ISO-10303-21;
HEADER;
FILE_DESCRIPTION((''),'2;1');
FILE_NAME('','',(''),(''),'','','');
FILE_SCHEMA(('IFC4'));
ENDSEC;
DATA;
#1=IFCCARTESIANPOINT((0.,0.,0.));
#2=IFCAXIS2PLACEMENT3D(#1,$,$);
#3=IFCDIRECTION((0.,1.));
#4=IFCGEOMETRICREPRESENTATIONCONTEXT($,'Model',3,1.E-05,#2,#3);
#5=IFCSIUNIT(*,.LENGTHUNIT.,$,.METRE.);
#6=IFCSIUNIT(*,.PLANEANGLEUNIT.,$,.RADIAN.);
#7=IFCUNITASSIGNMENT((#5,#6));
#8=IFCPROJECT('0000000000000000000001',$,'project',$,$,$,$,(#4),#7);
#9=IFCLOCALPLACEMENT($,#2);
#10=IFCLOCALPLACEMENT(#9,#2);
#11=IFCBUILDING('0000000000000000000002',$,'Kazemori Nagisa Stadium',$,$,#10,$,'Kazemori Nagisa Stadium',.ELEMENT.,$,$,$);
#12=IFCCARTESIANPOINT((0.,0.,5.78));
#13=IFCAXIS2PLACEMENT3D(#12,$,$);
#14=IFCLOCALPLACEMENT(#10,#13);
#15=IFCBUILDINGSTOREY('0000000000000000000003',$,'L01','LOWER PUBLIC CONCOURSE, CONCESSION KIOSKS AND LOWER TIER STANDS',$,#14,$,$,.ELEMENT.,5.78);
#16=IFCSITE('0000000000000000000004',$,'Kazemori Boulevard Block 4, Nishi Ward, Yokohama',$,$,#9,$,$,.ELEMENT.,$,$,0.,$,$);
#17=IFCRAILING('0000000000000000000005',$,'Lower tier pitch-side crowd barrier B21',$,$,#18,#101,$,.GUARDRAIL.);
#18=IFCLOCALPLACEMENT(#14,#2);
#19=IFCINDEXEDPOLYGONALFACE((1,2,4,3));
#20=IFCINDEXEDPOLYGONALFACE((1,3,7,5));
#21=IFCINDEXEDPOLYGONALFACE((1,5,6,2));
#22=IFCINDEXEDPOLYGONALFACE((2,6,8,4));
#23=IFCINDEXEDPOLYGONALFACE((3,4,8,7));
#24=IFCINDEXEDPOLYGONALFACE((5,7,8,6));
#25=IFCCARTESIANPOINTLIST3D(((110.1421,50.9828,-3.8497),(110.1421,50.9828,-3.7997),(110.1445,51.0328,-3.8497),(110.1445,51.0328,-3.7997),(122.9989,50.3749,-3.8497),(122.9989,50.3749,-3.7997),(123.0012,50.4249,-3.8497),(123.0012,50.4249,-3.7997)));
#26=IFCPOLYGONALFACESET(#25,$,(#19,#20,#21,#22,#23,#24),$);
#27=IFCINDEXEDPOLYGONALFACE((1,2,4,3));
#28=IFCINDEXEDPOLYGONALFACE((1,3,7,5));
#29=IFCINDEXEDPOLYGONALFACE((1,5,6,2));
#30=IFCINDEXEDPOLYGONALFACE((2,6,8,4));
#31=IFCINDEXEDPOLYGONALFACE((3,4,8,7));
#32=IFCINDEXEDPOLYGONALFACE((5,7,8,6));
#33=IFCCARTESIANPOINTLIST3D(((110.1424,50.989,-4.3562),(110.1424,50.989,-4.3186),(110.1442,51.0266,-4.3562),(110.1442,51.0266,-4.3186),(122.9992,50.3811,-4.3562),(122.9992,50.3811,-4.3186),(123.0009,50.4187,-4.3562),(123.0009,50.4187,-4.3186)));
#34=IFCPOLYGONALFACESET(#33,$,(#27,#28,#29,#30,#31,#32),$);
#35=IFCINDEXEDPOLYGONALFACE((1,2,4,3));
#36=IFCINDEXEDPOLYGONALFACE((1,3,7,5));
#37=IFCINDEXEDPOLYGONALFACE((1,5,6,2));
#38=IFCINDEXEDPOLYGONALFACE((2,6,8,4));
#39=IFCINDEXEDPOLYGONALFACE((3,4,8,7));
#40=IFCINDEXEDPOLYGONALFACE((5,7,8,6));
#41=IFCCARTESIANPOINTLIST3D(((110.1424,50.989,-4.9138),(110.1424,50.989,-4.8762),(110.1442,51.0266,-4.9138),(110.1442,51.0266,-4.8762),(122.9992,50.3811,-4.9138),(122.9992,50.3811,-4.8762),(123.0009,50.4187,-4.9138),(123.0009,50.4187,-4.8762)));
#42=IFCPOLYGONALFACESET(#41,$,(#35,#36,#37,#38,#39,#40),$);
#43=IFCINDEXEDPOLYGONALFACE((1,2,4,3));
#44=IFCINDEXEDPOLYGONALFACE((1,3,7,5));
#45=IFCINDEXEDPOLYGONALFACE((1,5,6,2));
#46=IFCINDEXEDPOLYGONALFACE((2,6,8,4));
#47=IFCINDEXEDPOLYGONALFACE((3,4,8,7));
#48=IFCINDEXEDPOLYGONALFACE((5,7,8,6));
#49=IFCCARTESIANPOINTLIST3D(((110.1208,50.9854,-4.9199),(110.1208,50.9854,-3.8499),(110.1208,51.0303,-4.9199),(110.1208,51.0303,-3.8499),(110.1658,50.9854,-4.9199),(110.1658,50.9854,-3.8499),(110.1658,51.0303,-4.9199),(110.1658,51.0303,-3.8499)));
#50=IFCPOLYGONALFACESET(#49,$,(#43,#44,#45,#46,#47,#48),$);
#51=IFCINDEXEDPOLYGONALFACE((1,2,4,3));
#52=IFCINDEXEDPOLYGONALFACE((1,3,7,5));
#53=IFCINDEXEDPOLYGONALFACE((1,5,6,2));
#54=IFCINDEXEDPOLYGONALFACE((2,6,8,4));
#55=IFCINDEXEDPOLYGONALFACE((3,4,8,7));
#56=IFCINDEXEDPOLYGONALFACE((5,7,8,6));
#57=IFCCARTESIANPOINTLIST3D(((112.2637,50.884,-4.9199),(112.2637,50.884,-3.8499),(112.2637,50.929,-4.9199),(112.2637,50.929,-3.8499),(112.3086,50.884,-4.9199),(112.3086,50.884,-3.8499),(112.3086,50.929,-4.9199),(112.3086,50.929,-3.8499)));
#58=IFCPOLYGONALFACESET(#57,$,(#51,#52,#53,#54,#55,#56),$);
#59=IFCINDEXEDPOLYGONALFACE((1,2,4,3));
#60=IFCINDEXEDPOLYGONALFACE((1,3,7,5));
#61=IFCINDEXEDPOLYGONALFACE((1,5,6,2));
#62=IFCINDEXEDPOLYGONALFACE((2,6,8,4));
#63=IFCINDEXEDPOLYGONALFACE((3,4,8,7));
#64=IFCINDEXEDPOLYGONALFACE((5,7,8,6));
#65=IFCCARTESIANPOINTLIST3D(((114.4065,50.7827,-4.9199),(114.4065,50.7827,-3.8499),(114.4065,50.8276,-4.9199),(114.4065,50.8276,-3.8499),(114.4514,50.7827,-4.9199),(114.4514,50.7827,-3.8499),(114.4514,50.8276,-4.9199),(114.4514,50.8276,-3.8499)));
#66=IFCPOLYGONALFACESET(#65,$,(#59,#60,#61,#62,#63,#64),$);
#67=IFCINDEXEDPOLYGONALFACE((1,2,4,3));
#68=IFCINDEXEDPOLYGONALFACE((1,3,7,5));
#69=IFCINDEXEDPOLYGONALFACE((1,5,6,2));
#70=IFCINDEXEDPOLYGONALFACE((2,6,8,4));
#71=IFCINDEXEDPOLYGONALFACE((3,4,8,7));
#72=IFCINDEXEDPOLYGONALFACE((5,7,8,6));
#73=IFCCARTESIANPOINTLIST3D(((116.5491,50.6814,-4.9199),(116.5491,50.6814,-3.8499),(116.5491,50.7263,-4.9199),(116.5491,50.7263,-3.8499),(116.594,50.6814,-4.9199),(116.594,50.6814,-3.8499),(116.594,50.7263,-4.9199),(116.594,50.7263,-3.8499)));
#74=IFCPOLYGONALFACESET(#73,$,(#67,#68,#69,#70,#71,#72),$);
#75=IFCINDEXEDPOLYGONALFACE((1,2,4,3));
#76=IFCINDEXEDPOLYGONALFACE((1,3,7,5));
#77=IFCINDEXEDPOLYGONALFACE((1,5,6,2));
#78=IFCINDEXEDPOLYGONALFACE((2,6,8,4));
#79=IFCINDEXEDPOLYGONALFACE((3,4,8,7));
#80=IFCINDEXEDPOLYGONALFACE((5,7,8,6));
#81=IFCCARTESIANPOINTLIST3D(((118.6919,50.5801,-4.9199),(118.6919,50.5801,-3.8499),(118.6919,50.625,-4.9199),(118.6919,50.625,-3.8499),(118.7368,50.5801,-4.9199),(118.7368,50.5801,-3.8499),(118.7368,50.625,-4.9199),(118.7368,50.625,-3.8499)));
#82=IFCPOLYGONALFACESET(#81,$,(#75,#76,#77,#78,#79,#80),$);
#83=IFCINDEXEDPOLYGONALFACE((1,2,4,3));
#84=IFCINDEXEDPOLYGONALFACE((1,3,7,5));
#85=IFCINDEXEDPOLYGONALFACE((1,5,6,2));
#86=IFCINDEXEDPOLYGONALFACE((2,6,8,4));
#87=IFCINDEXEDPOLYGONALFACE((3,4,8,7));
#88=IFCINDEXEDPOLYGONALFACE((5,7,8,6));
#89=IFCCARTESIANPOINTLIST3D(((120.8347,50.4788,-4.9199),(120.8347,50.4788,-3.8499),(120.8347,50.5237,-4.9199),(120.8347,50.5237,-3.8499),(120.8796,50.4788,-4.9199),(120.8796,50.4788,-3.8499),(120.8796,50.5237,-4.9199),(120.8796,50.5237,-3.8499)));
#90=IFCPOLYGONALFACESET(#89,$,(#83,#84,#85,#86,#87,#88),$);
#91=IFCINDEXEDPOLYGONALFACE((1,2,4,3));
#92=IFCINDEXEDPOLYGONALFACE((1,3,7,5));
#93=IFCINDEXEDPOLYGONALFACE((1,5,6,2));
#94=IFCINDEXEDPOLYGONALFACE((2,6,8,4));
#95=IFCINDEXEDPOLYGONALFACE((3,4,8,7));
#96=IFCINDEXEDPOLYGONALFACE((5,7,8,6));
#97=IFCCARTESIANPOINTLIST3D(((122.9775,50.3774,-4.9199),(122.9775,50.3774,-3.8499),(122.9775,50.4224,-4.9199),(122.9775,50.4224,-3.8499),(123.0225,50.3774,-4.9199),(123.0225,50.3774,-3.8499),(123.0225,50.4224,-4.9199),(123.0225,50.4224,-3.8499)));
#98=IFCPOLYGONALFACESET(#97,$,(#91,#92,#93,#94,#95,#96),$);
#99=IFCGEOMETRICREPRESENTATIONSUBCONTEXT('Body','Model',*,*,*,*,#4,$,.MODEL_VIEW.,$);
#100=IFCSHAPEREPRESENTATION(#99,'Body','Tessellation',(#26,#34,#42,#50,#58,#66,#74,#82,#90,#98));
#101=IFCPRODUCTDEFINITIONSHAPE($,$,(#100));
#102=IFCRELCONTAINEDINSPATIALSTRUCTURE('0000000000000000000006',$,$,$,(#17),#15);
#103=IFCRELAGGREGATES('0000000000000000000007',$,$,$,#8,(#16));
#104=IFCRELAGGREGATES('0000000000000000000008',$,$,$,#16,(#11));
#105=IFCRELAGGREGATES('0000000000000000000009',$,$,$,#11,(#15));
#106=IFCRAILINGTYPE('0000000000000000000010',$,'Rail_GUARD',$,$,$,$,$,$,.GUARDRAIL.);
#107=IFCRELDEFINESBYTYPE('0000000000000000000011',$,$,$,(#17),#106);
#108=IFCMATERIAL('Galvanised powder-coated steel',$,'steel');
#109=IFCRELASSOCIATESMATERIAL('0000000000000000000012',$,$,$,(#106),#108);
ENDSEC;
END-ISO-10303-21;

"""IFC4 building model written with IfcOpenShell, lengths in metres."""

from ifc_helpers import new_model, si_unit, direction, frame, origin, origin_2d, place, context, subcontext, project, spatial, rectangle, extrude, material, type_object, element, save


model = new_model("IFC4")

# Units and contexts
model_context = context("Model", 3, precision=1e-05, world=origin(), true_north=direction((0.0, 1.0)))
body_context = subcontext(model_context, "Body", "Model", "MODEL_VIEW")
ifc_project = project(units=[si_unit("LENGTHUNIT", "METRE"), si_unit("PLANEANGLEUNIT", "RADIAN")], contexts=[model_context])

# Site, building, storey
site_placement = place(None, origin())
site = spatial("IfcSite", under=ifc_project, at=site_placement, Name="Kazemori Boulevard Block 4, Nishi Ward, Yokohama", CompositionType="ELEMENT", RefElevation=0.0)
building_placement = place(site_placement, origin())
building = spatial("IfcBuilding", under=site, at=building_placement, Name="Kazemori Nagisa Stadium", LongName="Kazemori Nagisa Stadium", CompositionType="ELEMENT")
storey_placement = place(building_placement, frame((0.0, 0.0, 5.78)))
storey = spatial("IfcBuildingStorey", under=building, at=storey_placement, Name="L01", Description="LOWER PUBLIC CONCOURSE, CONCESSION KIOSKS AND LOWER TIER STANDS", CompositionType="ELEMENT", Elevation=5.78)

# Railing
ifc_material_1 = material(Name="Galvanised powder-coated steel", Category="steel")
railing_type_1 = type_object("IfcRailingType", Name="Rail_GUARD", PredefinedType="GUARDRAIL", material=ifc_material_1)
railing_1_placement = place(storey_placement, frame((110.1433, 51.0078, -4.9199)))
element("IfcRailing", 1, at=railing_1_placement, inside=storey, type_object=railing_type_1, Name="Lower tier pitch-side crowd barrier B21", PredefinedType="GUARDRAIL", context=body_context, shape_type="SweptSolid", body=[
    extrude(rectangle(XDim=0.05, YDim=0.05, at=origin_2d()), frame((0.0, 0.0, 1.0952), z_axis=(0.998884, -0.047231, 0.0), x_axis=(0.047231, 0.998884, 0.0)), (0.0, 0.0, 1.0), 12.8711),
    extrude(rectangle(XDim=0.0376, YDim=0.0376, at=origin_2d()), frame((0.0, 0.0, 0.5825), z_axis=(0.998884, -0.047231, 0.0), x_axis=(0.047231, 0.998884, 0.0)), (0.0, 0.0, 1.0), 12.8711),
    extrude(rectangle(XDim=0.0376, YDim=0.0376, at=origin_2d()), frame((0.0, 0.0, 0.0249), z_axis=(0.998884, -0.047231, 0.0), x_axis=(0.047231, 0.998884, 0.0)), (0.0, 0.0, 1.0), 12.8711),
    extrude(rectangle(XDim=0.0449, YDim=0.0449, at=origin_2d()), origin(), (0.0, 0.0, 1.0), 1.0701),
    extrude(rectangle(XDim=0.0449, YDim=0.0449, at=origin_2d()), frame((2.1428, -0.1013, 0.0)), (0.0, 0.0, 1.0), 1.0701),
    extrude(rectangle(XDim=0.0449, YDim=0.0449, at=origin_2d()), frame((4.2856, -0.2026, 0.0)), (0.0, 0.0, 1.0), 1.0701),
    extrude(rectangle(XDim=0.0449, YDim=0.0449, at=origin_2d()), frame((6.4282, -0.304, 0.0)), (0.0, 0.0, 1.0), 1.0701),
    extrude(rectangle(XDim=0.0449, YDim=0.0449, at=origin_2d()), frame((8.571, -0.4053, 0.0)), (0.0, 0.0, 1.0), 1.0701),
    extrude(rectangle(XDim=0.0449, YDim=0.0449, at=origin_2d()), frame((10.7139, -0.5066, 0.0)), (0.0, 0.0, 1.0), 1.0701),
    extrude(rectangle(XDim=0.0449, YDim=0.0449, at=origin_2d()), frame((12.8567, -0.6079, 0.0)), (0.0, 0.0, 1.0), 1.0701),
])

save(model, "model.ifc")
